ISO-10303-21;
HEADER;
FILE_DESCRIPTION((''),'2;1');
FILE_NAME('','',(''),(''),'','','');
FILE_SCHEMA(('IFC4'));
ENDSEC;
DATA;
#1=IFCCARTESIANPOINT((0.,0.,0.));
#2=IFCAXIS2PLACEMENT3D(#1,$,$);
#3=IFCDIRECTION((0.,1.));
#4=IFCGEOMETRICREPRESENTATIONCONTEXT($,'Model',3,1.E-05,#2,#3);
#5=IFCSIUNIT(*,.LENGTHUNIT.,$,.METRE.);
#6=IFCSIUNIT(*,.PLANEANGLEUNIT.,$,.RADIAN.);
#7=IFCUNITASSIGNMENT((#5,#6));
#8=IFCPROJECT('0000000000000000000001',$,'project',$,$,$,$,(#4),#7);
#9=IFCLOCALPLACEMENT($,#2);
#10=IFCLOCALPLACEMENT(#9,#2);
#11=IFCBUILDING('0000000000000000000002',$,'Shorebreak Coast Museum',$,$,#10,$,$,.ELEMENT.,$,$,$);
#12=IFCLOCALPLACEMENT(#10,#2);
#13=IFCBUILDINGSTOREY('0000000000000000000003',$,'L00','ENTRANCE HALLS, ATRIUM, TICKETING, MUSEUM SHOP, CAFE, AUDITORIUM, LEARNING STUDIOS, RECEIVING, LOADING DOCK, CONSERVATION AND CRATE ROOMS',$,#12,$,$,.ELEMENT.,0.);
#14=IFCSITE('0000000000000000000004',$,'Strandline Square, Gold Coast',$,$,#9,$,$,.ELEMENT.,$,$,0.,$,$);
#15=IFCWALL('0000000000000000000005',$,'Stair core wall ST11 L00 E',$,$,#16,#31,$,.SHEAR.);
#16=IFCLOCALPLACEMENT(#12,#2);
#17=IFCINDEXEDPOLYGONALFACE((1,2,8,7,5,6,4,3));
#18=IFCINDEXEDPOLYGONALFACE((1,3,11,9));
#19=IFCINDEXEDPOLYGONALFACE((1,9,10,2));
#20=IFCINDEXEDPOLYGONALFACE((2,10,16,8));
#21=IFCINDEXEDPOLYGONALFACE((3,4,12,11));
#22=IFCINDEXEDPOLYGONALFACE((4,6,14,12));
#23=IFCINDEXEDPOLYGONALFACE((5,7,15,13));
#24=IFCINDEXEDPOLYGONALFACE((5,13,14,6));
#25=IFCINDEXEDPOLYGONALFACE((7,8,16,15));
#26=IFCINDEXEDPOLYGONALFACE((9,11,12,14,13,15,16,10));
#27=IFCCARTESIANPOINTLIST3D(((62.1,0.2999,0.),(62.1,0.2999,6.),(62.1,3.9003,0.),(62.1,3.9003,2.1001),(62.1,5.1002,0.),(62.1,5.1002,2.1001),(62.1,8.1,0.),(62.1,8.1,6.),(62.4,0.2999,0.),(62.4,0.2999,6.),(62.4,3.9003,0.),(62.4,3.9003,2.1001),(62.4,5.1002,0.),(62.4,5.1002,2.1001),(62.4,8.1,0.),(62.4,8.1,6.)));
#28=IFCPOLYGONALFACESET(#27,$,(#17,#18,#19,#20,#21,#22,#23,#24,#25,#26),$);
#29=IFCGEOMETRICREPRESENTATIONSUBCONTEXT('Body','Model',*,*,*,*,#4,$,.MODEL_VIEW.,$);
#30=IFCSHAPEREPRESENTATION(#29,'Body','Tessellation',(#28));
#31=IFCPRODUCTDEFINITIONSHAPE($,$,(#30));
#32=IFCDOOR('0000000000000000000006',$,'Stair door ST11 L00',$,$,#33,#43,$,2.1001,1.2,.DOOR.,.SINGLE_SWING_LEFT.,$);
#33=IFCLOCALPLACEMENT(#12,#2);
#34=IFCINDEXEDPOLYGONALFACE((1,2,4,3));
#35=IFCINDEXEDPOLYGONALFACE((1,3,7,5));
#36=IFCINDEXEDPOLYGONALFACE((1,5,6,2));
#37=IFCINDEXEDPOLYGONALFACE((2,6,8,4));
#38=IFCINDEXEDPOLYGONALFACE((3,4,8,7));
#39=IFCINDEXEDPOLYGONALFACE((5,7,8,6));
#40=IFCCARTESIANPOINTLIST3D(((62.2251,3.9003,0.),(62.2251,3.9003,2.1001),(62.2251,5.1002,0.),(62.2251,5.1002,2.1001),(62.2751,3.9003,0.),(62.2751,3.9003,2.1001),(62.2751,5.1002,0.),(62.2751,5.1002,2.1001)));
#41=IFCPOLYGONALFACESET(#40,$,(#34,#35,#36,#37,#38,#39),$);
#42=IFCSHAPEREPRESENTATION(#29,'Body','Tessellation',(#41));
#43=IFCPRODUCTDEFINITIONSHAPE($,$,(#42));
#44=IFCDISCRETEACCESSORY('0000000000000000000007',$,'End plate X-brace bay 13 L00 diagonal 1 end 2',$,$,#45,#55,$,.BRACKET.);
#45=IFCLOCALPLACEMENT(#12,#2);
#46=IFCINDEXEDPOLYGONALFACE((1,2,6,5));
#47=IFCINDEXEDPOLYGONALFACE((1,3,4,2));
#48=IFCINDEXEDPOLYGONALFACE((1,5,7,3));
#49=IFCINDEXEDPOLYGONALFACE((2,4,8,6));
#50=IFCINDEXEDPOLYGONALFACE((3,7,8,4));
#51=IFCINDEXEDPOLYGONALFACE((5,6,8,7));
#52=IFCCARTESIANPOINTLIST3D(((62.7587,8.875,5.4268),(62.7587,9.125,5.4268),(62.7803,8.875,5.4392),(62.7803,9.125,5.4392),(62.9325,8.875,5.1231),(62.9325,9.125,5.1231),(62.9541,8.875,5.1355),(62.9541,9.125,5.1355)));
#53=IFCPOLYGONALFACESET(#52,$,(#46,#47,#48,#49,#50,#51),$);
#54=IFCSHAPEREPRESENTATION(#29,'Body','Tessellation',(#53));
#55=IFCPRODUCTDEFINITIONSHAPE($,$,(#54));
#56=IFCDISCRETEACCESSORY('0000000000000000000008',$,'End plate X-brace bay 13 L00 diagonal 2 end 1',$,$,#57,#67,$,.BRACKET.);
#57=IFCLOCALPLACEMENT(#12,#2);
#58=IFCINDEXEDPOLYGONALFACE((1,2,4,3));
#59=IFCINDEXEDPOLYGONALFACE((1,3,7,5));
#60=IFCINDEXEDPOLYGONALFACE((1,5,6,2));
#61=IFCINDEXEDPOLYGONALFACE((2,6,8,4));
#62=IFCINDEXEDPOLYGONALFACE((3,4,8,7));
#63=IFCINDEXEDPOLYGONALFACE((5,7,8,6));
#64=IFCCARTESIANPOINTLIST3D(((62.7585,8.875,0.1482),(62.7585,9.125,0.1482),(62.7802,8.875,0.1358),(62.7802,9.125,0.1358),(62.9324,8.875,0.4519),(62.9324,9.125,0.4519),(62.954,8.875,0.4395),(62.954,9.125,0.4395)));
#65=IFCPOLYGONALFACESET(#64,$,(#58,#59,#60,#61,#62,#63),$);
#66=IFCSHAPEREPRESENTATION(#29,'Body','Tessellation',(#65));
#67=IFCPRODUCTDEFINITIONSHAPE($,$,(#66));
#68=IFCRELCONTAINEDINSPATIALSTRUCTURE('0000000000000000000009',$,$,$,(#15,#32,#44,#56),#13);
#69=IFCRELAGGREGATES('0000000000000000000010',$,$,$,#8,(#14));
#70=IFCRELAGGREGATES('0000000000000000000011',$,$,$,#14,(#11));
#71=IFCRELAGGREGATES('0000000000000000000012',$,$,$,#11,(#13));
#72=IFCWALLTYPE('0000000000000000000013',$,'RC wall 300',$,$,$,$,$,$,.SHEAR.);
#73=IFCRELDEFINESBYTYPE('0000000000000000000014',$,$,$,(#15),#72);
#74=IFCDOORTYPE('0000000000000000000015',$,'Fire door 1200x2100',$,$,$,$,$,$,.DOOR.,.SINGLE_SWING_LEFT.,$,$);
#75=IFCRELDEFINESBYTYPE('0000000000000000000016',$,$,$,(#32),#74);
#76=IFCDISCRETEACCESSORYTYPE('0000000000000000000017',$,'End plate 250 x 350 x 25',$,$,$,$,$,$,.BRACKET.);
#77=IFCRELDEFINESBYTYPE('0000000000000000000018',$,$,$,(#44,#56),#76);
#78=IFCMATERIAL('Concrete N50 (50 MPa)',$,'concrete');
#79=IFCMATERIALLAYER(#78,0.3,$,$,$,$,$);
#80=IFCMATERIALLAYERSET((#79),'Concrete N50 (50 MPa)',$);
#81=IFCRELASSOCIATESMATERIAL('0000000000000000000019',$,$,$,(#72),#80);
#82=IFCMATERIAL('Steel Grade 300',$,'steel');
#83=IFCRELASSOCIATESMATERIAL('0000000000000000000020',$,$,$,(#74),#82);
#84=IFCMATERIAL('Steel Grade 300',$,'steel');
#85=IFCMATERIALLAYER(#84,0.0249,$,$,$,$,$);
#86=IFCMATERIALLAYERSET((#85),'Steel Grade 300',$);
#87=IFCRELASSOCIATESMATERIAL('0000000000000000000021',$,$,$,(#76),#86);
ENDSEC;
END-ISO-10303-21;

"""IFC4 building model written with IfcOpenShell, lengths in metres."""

from ifc_helpers import new_model, si_unit, direction, frame, frame_2d, origin, place, context, subcontext, project, spatial, polyline, rectangle, outline, extrude, material, layer, layer_set, type_object, element, fill, save


model = new_model("IFC4")

# Units and contexts
model_context = context("Model", 3, precision=1e-05, world=origin(), true_north=direction((0.0, 1.0)))
body_context = subcontext(model_context, "Body", "Model", "MODEL_VIEW")
ifc_project = project(units=[si_unit("LENGTHUNIT", "METRE"), si_unit("PLANEANGLEUNIT", "RADIAN")], contexts=[model_context])

# Site, building, storey
site_placement = place(None, origin())
site = spatial("IfcSite", under=ifc_project, at=site_placement, Name="Strandline Square, Gold Coast", CompositionType="ELEMENT", RefElevation=0.0)
building_placement = place(site_placement, origin())
building = spatial("IfcBuilding", under=site, at=building_placement, Name="Shorebreak Coast Museum", CompositionType="ELEMENT")
storey_placement = place(building_placement, origin())
storey = spatial("IfcBuildingStorey", under=building, at=storey_placement, Name="L00", Description="ENTRANCE HALLS, ATRIUM, TICKETING, MUSEUM SHOP, CAFE, AUDITORIUM, LEARNING STUDIOS, RECEIVING, LOADING DOCK, CONSERVATION AND CRATE ROOMS", CompositionType="ELEMENT", Elevation=0.0)

# Wall, opening, door
ifc_material_1 = material(Name="Concrete N50 (50 MPa)", Category="concrete")
ifc_layer_1 = layer(ifc_material_1, 0.3)
ifc_layer_set_1 = layer_set([ifc_layer_1], Name="Concrete N50 (50 MPa)")
wall_type_1 = type_object("IfcWallType", Name="RC wall 300", PredefinedType="SHEAR", material=ifc_layer_set_1)
wall_1_placement = place(storey_placement, frame((62.25, 0.3, 0.0), z_axis=(0.0, 0.0, 1.0), x_axis=(0.0, 1.0, 0.0)))
wall_1 = element("IfcWall", 1, at=wall_1_placement, inside=storey, type_object=wall_type_1, Name="Stair core wall ST11 L00 E", PredefinedType="SHEAR", context=body_context, shape_type="SweptSolid", body=[
    extrude(rectangle(XDim=7.8, YDim=0.3, at=frame_2d((3.8999, 0.0))), origin(), (0.0, 0.0, 1.0), 6.0),
])
opening_1_placement = place(wall_1_placement, frame((3.6001, 0.0, 0.0)))
opening_1 = element("IfcOpeningElement", 2, at=opening_1_placement, cuts=wall_1, PredefinedType="OPENING", context=body_context, shape_type="SweptSolid", body=[
    extrude(rectangle(XDim=1.2, YDim=2.1001, at=frame_2d((0.6001, 1.05))), frame((0.0, 0.1599, 0.0), z_axis=(0.0, -1.0, 0.0), x_axis=(1.0, 0.0, 0.0)), (0.0, 0.0, 1.0), 0.3201),
])
ifc_material_2 = material(Name="Steel Grade 300", Category="steel")
door_type_1 = type_object("IfcDoorType", Name="Fire door 1200x2100", OperationType="SINGLE_SWING_LEFT", PredefinedType="DOOR", material=ifc_material_2)
door_1_placement = place(opening_1_placement, origin())
door_1 = element("IfcDoor", 3, at=door_1_placement, inside=storey, type_object=door_type_1, Name="Stair door ST11 L00", OperationType="SINGLE_SWING_LEFT", OverallHeight=2.1001, OverallWidth=1.2, PredefinedType="DOOR", context=body_context, shape_type="SweptSolid", body=[
    extrude(rectangle(XDim=1.2, YDim=2.1001, at=frame_2d((0.6001, 1.05))), frame((0.0, 0.0249, 0.0), z_axis=(0.0, -1.0, 0.0), x_axis=(1.0, 0.0, 0.0)), (0.0, 0.0, 1.0), 0.05),
])
fill(opening_1, door_1)

# Discrete accessories
ifc_material_3 = material(Name="Steel Grade 300", Category="steel")
ifc_layer_2 = layer(ifc_material_3, 0.0249)
ifc_layer_set_2 = layer_set([ifc_layer_2], Name="Steel Grade 300")
discrete_accessory_type = type_object("IfcDiscreteAccessoryType", Name="End plate 250 x 350 x 25", PredefinedType="BRACKET", material=ifc_layer_set_2)
for number, where, z_axis, x_axis, name in (
    (4, (62.9541, 8.875, 5.1355), (0.867899, 0.0, 0.49674), (0.0, 1.0, 0.0), "End plate X-brace bay 13 L00 diagonal 1 end 2"),
    (5, (62.7585, 9.125, 0.1482), (-0.867899, 0.0, 0.49674), (0.0, -1.0, 0.0), "End plate X-brace bay 13 L00 diagonal 2 end 1"),
):
    element("IfcDiscreteAccessory", number, at=place(storey_placement, frame(where, z_axis=z_axis, x_axis=x_axis)), inside=storey, type_object=discrete_accessory_type, Name=name, PredefinedType="BRACKET", context=body_context, shape_type="SweptSolid", body=[
        extrude(outline(polyline([(0.0, 0.0), (0.25, 0.0), (0.25, 0.3499), (0.0, 0.3499), (0.0, 0.0)])), origin(), (0.0, 0.0, -1.0), 0.0249),
    ])

save(model, "model.ifc")
